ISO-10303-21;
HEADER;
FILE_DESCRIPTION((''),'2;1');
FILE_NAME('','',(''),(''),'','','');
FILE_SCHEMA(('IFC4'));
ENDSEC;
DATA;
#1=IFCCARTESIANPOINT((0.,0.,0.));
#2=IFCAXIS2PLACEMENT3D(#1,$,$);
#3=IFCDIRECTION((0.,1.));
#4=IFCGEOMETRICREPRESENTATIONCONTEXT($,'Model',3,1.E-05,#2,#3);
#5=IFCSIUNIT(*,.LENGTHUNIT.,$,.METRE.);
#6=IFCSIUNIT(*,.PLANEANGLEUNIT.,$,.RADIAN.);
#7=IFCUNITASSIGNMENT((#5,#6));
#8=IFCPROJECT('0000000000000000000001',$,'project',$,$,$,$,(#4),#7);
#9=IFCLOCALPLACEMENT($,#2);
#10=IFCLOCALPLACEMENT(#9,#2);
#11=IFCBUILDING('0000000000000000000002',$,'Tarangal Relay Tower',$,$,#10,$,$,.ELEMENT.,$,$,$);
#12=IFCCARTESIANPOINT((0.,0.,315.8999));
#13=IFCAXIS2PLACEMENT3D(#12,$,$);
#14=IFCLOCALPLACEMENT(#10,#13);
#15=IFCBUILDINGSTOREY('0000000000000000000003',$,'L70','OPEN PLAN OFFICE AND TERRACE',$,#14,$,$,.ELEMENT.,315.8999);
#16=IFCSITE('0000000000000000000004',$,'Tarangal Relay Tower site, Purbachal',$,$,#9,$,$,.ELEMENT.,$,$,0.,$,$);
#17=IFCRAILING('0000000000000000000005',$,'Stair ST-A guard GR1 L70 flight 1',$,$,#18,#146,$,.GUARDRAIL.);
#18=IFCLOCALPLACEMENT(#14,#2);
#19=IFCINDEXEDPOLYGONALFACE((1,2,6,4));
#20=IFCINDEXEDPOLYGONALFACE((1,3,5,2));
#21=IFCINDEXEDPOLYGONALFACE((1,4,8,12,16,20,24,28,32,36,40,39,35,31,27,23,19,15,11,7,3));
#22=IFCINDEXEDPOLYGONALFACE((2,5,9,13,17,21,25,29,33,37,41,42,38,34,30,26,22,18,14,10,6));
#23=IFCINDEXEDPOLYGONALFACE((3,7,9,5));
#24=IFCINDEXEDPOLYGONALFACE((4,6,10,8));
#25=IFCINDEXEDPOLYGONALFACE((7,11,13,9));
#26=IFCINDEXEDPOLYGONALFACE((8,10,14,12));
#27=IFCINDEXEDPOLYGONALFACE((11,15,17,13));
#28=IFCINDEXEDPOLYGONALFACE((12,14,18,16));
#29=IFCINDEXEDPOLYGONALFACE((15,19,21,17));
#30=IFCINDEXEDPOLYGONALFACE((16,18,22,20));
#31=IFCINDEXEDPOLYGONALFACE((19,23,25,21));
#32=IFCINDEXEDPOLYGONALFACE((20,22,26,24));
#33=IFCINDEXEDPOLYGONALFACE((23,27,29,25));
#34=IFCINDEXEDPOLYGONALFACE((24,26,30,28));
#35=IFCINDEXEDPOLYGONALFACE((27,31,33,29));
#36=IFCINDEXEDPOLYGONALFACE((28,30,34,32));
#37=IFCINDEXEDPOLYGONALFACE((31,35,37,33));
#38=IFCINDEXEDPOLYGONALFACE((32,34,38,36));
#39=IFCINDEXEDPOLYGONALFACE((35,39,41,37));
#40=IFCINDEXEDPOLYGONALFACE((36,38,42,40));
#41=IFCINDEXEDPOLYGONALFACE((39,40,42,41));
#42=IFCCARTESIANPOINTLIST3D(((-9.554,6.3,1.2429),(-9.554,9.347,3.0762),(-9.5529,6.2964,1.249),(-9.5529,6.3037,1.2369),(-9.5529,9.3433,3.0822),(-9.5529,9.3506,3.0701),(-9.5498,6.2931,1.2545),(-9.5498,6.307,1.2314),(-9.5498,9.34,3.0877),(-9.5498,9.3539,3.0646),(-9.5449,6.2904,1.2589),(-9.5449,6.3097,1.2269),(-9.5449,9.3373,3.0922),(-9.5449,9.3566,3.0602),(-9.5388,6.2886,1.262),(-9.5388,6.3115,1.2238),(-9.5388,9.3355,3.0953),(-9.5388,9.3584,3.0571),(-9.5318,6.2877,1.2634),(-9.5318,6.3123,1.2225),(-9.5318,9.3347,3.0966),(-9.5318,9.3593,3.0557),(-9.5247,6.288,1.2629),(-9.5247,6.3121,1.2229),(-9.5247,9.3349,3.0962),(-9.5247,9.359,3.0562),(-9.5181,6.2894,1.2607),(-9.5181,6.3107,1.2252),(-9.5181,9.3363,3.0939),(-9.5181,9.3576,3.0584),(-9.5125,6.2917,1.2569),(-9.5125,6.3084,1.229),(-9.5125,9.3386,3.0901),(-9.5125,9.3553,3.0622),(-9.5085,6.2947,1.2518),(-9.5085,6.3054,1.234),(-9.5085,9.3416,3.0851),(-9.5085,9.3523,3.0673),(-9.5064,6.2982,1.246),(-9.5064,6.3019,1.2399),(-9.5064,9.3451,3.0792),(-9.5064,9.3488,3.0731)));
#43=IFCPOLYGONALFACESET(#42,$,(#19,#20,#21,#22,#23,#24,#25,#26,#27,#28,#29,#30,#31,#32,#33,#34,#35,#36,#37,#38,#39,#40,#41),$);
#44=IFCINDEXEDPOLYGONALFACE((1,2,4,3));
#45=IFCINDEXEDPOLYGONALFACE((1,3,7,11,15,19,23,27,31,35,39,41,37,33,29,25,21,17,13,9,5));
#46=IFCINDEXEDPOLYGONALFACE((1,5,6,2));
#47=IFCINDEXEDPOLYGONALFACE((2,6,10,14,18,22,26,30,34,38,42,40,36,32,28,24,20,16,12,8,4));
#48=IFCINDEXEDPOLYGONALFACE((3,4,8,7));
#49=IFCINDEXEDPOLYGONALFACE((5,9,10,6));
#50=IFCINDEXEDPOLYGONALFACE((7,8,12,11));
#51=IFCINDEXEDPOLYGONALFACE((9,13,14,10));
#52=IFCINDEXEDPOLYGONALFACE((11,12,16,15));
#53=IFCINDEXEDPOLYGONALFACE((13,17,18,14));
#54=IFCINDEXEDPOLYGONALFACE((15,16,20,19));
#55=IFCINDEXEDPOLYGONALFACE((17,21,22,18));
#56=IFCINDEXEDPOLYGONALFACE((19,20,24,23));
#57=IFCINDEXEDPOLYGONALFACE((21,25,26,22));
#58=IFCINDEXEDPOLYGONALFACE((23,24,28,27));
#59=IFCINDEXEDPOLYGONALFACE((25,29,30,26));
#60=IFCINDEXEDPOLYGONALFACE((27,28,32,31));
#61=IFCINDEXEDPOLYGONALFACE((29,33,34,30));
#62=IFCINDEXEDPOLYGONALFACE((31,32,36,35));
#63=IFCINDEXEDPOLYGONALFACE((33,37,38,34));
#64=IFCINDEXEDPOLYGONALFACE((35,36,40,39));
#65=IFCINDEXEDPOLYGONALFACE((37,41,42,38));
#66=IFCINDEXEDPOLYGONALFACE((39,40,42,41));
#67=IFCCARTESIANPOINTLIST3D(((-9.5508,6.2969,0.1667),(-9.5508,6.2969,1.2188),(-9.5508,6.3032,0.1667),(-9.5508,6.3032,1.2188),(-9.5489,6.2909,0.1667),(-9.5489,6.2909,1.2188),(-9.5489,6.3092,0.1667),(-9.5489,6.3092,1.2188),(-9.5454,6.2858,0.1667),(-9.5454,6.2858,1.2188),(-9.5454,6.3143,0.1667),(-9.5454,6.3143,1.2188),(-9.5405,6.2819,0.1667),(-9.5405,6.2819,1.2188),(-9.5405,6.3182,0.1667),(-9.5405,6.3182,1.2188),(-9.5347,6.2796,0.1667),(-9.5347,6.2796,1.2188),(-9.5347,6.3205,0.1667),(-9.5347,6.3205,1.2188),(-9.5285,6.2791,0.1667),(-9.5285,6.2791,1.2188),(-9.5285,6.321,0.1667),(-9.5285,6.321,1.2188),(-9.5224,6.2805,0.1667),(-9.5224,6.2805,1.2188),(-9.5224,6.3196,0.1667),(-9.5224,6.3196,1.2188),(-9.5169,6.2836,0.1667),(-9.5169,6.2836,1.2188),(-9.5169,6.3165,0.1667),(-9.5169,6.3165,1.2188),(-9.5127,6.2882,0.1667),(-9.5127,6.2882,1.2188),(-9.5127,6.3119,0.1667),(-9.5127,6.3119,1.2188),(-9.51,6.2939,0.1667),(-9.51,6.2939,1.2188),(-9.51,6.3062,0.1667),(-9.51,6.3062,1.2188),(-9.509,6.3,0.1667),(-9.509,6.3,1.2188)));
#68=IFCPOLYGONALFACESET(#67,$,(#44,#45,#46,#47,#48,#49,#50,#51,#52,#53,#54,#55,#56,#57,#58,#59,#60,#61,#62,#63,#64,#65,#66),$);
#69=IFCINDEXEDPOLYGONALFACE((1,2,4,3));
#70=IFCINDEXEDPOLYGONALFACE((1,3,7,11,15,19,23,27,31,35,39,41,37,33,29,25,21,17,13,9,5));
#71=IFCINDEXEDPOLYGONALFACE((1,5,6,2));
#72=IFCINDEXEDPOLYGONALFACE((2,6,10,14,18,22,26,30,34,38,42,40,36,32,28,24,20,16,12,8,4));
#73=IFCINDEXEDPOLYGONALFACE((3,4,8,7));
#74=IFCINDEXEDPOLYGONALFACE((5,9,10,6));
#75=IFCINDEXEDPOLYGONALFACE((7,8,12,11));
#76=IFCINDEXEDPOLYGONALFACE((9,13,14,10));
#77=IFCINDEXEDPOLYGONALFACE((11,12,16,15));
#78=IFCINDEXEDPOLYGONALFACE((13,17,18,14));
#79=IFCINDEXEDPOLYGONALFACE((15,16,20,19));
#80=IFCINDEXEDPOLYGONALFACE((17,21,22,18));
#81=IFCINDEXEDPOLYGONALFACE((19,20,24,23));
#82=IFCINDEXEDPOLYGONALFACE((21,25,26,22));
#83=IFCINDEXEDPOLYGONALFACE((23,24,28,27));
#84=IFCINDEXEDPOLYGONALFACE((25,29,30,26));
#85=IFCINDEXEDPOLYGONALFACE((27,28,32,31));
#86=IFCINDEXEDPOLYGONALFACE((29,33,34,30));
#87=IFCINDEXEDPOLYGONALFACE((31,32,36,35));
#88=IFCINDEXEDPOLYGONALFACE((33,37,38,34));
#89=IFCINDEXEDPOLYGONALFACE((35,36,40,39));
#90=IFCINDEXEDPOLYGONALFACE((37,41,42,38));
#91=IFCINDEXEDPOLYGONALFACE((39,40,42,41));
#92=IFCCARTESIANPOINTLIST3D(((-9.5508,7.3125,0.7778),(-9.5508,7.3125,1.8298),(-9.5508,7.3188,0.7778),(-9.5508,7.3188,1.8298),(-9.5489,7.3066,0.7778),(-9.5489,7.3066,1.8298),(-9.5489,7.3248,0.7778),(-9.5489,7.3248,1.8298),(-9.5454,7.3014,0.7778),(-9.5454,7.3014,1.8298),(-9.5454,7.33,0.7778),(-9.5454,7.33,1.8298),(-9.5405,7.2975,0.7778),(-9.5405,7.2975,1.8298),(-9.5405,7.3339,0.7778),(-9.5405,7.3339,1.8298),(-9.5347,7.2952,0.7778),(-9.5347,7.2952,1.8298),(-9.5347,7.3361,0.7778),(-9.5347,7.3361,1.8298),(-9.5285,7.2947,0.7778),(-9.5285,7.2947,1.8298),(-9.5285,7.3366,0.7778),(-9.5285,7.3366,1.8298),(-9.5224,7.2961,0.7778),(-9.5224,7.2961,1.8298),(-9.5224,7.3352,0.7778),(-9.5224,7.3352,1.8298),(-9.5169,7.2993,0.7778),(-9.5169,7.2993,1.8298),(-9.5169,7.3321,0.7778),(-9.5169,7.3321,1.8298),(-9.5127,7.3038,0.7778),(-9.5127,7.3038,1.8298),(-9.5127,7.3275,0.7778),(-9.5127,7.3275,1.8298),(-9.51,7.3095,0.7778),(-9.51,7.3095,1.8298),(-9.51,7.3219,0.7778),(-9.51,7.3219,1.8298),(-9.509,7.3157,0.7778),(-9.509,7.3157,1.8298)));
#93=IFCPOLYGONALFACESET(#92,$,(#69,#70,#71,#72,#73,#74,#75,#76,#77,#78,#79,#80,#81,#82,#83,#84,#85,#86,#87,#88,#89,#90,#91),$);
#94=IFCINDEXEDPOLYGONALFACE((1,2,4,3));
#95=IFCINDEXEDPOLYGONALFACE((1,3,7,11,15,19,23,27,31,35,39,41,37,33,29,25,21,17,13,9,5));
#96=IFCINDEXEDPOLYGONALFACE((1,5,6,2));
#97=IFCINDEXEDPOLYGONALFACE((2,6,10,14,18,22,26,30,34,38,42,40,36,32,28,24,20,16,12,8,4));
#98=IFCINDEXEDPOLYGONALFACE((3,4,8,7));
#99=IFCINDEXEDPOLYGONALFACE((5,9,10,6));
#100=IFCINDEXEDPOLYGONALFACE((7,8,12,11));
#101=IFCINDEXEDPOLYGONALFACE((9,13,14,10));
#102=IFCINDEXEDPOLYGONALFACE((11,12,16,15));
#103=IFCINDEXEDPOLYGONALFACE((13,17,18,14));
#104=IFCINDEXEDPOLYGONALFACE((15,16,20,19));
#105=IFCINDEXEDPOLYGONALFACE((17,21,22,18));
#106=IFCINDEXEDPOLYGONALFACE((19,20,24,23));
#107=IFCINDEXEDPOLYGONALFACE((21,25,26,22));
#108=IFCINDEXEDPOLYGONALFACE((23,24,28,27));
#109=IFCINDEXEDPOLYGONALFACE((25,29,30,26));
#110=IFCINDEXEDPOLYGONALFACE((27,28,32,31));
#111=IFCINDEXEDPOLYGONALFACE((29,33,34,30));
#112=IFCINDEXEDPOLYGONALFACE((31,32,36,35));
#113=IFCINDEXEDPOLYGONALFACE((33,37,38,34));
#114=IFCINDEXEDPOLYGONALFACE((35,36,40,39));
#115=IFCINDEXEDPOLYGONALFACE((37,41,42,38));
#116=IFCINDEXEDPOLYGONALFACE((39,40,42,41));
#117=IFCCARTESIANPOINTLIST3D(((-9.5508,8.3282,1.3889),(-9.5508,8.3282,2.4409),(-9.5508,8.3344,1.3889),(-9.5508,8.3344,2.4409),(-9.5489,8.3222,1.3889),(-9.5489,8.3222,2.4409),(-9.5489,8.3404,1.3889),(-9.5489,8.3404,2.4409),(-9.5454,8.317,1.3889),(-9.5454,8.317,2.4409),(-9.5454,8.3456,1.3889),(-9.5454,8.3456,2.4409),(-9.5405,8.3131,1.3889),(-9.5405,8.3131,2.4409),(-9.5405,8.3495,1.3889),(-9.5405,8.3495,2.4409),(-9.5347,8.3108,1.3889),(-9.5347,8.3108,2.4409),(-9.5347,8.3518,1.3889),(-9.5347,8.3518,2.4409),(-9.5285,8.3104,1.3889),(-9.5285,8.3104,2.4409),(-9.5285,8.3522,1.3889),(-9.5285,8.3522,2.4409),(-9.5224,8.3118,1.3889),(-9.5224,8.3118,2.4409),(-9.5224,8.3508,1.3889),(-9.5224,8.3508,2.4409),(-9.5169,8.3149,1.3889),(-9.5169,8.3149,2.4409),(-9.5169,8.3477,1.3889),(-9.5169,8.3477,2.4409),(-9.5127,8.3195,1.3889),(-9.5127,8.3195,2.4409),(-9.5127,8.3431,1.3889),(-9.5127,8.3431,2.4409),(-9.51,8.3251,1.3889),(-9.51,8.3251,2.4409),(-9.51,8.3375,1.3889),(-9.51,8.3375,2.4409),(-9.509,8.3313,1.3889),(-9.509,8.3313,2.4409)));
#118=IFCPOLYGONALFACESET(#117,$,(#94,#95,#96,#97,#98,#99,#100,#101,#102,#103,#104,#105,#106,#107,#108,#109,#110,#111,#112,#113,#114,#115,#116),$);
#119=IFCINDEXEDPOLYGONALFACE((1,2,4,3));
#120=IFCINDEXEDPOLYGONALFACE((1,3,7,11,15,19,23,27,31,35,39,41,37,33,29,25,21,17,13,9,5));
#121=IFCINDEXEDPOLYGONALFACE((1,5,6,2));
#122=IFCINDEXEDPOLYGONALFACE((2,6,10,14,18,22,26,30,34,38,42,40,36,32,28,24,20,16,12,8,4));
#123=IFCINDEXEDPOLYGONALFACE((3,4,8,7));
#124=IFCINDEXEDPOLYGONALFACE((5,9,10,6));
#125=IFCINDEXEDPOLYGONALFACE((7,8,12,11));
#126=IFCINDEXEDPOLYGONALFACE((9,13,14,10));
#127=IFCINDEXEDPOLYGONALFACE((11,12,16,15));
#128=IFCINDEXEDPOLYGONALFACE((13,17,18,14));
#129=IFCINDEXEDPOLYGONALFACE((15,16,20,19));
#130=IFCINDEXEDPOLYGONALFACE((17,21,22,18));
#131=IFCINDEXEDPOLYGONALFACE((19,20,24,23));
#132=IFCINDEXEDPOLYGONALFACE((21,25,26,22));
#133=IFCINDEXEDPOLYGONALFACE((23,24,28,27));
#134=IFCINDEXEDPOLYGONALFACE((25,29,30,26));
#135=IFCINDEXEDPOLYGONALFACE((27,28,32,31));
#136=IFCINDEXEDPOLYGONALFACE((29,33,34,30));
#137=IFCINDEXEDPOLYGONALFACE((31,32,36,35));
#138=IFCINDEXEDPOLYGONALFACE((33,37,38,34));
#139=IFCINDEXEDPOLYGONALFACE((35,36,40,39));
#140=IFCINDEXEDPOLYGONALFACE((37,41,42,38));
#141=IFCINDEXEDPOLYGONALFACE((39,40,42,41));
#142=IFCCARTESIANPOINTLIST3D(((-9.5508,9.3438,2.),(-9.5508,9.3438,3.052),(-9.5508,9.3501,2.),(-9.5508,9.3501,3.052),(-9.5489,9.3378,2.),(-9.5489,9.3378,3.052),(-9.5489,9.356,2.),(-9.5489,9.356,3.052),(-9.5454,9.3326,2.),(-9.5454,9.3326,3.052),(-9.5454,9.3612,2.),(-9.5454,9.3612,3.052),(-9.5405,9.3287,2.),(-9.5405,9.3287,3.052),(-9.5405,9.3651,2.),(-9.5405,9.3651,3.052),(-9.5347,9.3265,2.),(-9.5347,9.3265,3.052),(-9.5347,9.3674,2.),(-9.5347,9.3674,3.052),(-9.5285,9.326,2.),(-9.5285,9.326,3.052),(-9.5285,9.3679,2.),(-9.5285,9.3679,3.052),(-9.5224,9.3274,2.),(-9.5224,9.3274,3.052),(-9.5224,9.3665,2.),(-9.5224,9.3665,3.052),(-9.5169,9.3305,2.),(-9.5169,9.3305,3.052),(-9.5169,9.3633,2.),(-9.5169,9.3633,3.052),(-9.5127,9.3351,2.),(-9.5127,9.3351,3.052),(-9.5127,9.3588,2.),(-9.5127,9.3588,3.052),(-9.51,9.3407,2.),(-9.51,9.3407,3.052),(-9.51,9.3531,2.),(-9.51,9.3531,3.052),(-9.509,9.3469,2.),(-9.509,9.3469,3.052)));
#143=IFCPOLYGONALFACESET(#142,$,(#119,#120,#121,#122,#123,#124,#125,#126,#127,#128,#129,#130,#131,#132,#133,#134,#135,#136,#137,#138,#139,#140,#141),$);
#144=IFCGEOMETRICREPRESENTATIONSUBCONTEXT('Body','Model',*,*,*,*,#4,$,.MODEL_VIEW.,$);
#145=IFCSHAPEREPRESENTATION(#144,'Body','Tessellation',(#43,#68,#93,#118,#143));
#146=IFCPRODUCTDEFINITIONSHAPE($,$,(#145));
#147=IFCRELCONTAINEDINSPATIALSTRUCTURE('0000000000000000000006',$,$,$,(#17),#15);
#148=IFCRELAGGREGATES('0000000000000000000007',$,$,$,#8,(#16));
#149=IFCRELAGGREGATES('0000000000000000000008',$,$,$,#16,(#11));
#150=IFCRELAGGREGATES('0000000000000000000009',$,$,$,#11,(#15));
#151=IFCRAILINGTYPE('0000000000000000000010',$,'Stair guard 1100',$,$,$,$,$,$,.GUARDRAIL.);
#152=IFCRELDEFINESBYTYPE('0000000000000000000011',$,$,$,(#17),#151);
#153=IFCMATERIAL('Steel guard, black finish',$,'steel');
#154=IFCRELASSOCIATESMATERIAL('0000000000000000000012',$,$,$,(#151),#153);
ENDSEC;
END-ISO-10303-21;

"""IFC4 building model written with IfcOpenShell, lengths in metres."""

from ifc_helpers import new_model, si_unit, direction, frame, origin, origin_2d, place, context, subcontext, project, spatial, circle, extrude, material, type_object, element, save


model = new_model("IFC4")

# Units and contexts
model_context = context("Model", 3, precision=1e-05, world=origin(), true_north=direction((0.0, 1.0)))
body_context = subcontext(model_context, "Body", "Model", "MODEL_VIEW")
ifc_project = project(units=[si_unit("LENGTHUNIT", "METRE"), si_unit("PLANEANGLEUNIT", "RADIAN")], contexts=[model_context])

# Site, building, storey
site_placement = place(None, origin())
site = spatial("IfcSite", under=ifc_project, at=site_placement, Name="Tarangal Relay Tower site, Purbachal", CompositionType="ELEMENT", RefElevation=0.0)
building_placement = place(site_placement, origin())
building = spatial("IfcBuilding", under=site, at=building_placement, Name="Tarangal Relay Tower", CompositionType="ELEMENT")
storey_placement = place(building_placement, frame((0.0, 0.0, 315.8999)))
storey = spatial("IfcBuildingStorey", under=building, at=storey_placement, Name="L70", Description="OPEN PLAN OFFICE AND TERRACE", CompositionType="ELEMENT", Elevation=315.8999)

# Railing
ifc_material_1 = material(Name="Steel guard, black finish", Category="steel")
railing_type_1 = type_object("IfcRailingType", Name="Stair guard 1100", PredefinedType="GUARDRAIL", material=ifc_material_1)
railing_1_placement = place(storey_placement, frame((-9.53, 6.3, 0.1667)))
element("IfcRailing", 1, at=railing_1_placement, inside=storey, type_object=railing_type_1, Name="Stair ST-A guard GR1 L70 flight 1", PredefinedType="GUARDRAIL", context=body_context, shape_type="SweptSolid", body=[
    extrude(circle(Radius=0.0239, at=origin_2d()), frame((0.0, 0.0, 1.0762), z_axis=(0.0, 0.856856, 0.515556), x_axis=(-1.0, 0.0, 0.0)), (0.0, 0.0, 1.0), 3.5559),
    extrude(circle(Radius=0.021, at=origin_2d()), origin(), (0.0, 0.0, 1.0), 1.052),
    extrude(circle(Radius=0.021, at=origin_2d()), frame((0.0, 1.0156, 0.6111)), (0.0, 0.0, 1.0), 1.052),
    extrude(circle(Radius=0.021, at=origin_2d()), frame((0.0, 2.0312, 1.2222)), (0.0, 0.0, 1.0), 1.052),
    extrude(circle(Radius=0.021, at=origin_2d()), frame((0.0, 3.0469, 1.8333)), (0.0, 0.0, 1.0), 1.052),
])

save(model, "model.ifc")
